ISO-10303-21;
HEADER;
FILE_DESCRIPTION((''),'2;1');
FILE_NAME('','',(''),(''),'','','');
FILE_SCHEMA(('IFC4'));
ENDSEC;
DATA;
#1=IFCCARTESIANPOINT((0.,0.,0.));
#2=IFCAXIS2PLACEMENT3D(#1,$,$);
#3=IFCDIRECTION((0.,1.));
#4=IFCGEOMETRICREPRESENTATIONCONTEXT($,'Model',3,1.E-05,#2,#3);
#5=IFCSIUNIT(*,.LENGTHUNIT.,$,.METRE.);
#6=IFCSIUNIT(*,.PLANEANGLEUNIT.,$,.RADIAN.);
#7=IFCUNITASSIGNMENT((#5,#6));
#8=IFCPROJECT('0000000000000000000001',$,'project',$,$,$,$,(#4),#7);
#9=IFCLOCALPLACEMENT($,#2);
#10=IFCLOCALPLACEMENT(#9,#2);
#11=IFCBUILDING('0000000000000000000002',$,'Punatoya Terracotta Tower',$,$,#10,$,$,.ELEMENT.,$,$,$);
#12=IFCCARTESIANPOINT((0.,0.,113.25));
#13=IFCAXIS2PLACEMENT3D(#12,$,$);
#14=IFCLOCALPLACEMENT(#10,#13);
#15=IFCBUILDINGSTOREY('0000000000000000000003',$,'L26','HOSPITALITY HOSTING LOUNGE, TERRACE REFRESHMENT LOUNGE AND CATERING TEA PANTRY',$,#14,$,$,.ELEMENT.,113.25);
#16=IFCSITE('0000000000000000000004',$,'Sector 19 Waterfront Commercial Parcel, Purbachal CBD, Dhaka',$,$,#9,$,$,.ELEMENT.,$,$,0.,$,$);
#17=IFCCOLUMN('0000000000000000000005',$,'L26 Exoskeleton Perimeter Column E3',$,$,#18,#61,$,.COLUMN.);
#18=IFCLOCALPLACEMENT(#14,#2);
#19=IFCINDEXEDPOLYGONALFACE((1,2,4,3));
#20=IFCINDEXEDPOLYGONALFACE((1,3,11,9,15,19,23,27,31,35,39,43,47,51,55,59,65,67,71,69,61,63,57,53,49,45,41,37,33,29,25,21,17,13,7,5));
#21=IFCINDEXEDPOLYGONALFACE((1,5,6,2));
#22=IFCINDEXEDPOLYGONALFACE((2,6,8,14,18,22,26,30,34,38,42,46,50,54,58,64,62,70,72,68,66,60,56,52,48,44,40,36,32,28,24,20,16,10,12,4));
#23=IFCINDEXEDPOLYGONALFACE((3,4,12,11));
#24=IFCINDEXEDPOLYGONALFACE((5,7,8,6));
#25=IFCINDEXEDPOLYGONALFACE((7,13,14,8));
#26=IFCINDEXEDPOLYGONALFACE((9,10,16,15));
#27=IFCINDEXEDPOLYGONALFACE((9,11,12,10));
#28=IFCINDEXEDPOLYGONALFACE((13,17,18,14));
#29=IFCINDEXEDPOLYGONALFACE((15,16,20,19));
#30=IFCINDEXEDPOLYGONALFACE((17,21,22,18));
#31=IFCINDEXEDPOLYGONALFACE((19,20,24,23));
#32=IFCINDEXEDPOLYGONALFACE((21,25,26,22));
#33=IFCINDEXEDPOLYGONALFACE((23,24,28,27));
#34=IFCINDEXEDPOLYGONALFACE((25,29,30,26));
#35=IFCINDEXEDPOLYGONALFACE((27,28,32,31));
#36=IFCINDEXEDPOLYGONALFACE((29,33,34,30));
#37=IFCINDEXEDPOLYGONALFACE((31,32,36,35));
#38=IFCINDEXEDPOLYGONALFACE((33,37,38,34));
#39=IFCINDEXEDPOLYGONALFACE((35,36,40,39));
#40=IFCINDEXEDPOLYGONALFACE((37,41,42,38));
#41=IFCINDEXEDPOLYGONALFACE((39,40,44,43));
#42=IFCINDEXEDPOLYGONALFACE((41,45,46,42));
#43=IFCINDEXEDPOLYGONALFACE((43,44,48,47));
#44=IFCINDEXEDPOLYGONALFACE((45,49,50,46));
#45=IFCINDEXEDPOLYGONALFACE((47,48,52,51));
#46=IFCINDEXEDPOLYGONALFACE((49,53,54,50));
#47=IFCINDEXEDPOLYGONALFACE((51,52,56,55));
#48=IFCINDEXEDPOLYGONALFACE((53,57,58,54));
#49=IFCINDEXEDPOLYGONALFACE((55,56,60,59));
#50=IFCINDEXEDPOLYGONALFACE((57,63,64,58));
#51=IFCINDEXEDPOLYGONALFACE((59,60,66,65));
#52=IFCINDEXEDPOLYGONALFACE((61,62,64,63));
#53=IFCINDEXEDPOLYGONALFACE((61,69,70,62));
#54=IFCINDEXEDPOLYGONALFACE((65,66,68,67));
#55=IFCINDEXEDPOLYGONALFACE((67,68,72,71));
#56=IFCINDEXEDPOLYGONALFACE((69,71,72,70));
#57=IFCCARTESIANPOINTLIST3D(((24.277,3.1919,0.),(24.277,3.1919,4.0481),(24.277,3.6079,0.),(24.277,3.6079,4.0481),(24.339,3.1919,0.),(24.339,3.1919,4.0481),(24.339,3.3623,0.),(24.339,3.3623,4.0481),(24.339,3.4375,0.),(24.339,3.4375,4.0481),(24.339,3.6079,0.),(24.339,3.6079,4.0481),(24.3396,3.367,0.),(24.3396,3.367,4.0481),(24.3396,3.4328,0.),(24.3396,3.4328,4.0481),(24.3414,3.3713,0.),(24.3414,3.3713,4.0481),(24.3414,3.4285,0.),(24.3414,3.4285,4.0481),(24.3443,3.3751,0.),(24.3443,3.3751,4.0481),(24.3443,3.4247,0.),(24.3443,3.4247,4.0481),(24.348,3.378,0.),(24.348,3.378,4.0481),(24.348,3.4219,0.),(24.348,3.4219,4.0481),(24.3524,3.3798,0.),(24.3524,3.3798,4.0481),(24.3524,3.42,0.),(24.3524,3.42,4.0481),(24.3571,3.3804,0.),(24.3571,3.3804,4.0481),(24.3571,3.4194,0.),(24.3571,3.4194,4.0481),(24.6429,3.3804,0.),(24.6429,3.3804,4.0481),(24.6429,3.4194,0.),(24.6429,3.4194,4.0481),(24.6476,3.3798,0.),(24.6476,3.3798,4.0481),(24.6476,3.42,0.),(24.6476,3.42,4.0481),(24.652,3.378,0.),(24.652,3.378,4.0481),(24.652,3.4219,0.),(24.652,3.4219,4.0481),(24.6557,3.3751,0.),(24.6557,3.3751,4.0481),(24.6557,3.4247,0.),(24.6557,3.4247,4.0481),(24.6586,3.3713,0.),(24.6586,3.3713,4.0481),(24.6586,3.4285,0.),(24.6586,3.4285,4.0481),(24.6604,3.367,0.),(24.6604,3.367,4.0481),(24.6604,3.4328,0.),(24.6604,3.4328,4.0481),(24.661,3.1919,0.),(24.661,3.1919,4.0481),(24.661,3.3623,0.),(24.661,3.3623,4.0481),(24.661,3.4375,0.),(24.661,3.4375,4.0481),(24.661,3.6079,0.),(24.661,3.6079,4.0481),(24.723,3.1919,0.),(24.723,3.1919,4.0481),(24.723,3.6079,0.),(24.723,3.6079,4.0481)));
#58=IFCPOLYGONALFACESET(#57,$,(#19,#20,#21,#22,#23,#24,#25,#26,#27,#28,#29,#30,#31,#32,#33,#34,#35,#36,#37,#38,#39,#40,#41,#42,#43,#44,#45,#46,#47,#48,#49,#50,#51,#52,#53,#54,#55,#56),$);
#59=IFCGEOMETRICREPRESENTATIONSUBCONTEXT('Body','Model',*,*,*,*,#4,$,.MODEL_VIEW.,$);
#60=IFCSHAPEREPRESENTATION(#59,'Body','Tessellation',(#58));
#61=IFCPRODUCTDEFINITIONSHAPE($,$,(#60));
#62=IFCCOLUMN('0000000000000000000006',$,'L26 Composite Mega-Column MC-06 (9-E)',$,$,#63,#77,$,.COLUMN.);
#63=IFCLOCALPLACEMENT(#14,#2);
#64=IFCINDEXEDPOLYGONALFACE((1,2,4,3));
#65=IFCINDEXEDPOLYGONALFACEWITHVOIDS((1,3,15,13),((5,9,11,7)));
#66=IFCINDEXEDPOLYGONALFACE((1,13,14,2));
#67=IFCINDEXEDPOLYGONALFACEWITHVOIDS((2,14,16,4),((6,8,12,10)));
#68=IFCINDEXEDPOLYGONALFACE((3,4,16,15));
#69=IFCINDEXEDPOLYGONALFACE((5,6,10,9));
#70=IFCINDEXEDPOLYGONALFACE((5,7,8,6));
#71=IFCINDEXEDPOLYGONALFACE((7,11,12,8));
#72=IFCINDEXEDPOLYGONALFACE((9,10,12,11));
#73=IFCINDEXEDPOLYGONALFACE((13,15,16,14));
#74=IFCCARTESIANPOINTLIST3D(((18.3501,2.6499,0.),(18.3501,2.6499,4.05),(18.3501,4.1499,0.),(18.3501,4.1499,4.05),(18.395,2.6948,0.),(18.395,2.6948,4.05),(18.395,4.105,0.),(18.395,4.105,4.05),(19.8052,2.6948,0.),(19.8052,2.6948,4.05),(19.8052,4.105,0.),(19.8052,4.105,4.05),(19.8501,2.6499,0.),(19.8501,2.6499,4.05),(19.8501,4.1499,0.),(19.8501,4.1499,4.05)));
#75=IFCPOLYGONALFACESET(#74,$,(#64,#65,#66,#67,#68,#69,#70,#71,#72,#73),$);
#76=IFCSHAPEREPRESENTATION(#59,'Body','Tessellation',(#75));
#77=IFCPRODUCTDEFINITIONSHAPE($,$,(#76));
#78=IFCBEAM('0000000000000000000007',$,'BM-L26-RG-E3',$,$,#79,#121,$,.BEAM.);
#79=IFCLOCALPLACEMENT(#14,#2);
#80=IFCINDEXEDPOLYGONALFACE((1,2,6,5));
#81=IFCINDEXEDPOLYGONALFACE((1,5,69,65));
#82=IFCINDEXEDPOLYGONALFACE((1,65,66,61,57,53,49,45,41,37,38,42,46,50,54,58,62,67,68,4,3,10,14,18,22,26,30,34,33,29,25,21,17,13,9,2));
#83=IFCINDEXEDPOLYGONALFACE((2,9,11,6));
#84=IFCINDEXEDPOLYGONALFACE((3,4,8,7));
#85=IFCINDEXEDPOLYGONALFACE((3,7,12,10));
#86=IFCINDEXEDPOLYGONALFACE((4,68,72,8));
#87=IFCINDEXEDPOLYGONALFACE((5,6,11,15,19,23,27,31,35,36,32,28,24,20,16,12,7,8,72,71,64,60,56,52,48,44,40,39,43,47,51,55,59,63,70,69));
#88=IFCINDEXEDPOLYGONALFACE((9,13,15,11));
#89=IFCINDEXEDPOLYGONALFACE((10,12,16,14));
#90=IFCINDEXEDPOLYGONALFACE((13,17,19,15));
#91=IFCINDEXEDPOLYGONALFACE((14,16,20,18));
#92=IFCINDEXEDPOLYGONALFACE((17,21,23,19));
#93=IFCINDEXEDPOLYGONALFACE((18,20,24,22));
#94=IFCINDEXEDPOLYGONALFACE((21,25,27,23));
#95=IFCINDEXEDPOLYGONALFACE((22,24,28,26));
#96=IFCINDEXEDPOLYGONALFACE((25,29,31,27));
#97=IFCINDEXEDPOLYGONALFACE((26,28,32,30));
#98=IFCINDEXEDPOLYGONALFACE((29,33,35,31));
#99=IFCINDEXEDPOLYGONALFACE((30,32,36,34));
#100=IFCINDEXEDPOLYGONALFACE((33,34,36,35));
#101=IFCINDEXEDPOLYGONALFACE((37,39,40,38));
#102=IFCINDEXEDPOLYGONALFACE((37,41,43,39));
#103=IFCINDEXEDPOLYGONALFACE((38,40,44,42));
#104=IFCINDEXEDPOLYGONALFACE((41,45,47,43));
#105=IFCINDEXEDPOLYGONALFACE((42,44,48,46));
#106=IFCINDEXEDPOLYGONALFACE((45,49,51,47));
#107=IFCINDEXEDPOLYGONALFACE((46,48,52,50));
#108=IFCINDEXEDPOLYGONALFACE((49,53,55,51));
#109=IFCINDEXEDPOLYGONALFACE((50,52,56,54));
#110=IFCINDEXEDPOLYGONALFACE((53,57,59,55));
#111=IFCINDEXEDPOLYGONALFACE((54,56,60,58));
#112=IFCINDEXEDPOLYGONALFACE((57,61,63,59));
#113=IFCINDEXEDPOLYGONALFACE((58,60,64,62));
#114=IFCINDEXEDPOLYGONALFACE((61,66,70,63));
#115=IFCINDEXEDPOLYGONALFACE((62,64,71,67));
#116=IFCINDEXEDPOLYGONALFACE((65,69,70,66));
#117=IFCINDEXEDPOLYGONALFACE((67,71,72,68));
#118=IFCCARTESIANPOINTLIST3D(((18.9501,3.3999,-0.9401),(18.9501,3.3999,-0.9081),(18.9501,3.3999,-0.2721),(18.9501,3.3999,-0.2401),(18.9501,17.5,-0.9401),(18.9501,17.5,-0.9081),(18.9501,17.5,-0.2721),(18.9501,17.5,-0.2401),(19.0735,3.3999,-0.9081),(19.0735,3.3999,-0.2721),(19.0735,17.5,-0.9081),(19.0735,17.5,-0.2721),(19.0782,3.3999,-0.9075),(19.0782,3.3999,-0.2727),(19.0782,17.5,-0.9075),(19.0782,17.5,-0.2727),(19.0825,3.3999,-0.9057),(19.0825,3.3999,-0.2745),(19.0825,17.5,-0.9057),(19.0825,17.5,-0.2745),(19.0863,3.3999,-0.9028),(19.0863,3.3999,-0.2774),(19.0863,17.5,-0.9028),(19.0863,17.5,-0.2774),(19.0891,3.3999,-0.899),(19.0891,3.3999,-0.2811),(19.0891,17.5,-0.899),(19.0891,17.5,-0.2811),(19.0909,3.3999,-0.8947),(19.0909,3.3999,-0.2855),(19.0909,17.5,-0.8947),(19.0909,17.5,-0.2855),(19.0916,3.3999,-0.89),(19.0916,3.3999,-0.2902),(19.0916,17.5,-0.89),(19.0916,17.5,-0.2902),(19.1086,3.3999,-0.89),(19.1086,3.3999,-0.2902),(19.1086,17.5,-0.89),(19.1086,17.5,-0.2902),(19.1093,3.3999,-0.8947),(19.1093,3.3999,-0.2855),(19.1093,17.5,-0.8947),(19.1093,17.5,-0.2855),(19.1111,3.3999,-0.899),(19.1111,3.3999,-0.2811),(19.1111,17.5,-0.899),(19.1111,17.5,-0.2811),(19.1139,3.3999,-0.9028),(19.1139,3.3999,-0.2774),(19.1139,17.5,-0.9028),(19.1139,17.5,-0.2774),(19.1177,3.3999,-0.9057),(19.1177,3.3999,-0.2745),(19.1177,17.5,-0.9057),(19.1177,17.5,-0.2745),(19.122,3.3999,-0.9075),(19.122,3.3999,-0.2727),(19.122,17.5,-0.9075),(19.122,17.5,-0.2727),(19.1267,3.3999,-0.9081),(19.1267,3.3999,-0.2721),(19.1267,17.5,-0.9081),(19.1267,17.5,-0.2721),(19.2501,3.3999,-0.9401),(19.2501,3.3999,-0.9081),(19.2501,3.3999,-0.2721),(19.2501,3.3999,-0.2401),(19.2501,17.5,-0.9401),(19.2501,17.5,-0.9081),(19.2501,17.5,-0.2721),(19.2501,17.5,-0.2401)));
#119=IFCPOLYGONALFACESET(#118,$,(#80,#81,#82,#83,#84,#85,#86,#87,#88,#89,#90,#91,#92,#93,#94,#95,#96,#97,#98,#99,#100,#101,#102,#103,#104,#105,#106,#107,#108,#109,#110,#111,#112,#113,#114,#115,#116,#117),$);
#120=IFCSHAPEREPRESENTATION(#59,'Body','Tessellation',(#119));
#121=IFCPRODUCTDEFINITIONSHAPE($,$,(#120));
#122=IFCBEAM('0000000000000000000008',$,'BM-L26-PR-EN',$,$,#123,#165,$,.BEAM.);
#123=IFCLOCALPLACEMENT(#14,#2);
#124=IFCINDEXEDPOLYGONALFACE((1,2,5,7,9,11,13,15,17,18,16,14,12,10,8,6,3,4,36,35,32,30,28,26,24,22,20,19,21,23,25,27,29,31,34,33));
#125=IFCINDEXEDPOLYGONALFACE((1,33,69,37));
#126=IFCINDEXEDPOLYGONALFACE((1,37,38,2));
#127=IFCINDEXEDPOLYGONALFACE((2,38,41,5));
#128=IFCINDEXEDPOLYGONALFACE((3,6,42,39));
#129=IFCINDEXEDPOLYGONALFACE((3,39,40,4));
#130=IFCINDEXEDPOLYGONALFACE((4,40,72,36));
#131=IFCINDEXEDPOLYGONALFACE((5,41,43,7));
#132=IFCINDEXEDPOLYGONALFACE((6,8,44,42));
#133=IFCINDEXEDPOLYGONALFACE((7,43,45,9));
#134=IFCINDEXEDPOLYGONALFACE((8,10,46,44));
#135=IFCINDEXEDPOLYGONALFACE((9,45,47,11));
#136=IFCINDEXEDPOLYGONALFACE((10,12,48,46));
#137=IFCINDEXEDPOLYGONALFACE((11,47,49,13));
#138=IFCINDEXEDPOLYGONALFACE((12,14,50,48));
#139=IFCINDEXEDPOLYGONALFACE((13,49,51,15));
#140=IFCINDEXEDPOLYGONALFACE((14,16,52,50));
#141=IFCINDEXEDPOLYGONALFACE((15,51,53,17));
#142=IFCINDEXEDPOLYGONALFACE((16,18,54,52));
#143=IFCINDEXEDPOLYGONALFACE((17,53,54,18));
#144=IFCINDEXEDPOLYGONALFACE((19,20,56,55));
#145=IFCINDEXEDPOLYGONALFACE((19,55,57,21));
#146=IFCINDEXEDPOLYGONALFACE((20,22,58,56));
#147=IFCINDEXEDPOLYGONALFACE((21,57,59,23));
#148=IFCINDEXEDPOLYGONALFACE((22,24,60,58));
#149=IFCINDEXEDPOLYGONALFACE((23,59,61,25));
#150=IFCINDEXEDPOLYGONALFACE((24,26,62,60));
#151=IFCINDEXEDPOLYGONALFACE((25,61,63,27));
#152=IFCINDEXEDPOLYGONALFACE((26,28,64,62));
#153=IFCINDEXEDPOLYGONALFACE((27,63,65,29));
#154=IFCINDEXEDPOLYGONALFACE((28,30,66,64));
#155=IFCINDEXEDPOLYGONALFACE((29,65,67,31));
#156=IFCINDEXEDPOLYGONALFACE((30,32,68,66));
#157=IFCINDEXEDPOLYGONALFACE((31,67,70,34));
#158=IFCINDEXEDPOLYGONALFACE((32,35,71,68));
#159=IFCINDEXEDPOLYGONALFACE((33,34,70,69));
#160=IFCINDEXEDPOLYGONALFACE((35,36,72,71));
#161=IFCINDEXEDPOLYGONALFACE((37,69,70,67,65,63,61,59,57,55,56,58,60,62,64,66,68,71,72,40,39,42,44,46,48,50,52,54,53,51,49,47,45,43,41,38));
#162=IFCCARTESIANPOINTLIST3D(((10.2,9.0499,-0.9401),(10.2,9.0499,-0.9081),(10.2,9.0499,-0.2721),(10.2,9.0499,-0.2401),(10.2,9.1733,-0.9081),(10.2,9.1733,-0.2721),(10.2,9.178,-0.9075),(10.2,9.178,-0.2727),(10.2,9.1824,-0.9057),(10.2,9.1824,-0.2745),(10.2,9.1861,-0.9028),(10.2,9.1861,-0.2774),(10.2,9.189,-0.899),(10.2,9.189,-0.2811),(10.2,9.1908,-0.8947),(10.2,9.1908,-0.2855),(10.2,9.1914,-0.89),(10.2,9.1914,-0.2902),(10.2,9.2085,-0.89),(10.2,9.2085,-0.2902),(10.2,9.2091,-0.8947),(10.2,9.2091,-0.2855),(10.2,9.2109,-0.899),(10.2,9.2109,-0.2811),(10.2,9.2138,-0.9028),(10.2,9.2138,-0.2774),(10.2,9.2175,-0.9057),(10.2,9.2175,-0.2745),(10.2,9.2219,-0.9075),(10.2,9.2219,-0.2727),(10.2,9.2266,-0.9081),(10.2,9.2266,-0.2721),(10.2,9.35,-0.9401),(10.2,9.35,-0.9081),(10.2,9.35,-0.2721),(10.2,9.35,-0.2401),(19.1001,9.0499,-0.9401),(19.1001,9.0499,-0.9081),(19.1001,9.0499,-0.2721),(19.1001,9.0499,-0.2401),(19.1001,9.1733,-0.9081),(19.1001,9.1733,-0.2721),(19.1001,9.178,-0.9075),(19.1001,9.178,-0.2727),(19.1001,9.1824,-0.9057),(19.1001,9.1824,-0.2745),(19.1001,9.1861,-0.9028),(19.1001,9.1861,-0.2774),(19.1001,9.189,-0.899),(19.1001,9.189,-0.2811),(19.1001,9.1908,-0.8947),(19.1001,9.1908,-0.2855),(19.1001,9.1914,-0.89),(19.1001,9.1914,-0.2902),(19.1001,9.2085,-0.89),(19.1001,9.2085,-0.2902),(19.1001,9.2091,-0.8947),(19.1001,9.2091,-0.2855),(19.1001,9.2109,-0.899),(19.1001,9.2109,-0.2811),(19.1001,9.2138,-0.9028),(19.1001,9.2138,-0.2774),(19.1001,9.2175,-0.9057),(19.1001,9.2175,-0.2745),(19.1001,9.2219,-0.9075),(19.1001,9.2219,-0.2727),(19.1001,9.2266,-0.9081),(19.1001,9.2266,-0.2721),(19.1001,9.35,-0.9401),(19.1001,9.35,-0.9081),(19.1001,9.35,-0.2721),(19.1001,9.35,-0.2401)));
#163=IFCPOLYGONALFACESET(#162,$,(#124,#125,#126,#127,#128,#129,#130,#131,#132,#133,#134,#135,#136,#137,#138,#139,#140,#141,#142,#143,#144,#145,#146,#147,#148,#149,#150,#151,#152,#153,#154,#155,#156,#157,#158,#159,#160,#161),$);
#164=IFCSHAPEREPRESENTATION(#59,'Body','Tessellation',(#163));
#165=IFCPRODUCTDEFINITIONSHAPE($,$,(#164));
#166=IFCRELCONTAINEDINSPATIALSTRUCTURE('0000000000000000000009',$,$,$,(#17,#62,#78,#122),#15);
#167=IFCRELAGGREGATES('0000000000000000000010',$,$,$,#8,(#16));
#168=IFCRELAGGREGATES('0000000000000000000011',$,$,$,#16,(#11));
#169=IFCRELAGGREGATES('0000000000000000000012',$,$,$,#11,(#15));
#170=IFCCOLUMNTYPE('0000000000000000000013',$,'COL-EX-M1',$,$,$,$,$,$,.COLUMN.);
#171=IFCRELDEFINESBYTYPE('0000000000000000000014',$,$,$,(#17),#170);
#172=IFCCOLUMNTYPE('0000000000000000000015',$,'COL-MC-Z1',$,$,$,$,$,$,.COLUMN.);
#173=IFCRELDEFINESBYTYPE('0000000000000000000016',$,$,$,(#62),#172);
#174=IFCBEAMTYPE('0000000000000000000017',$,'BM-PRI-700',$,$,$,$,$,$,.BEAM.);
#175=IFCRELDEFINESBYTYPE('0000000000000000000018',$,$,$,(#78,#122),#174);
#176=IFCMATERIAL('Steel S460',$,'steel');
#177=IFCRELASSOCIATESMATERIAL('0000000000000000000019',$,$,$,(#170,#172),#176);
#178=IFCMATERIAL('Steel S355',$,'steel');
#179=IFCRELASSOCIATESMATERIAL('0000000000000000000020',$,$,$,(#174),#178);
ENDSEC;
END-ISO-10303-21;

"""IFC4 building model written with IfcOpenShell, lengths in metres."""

from ifc_helpers import new_model, si_unit, direction, frame, origin, origin_2d, place, context, subcontext, project, spatial, hollow_rectangle, i_section, extrude, material, material_profile, profile_set, type_object, element, save


model = new_model("IFC4")

# Units and contexts
model_context = context("Model", 3, precision=1e-05, world=origin(), true_north=direction((0.0, 1.0)))
body_context = subcontext(model_context, "Body", "Model", "MODEL_VIEW")
ifc_project = project(units=[si_unit("LENGTHUNIT", "METRE"), si_unit("PLANEANGLEUNIT", "RADIAN")], contexts=[model_context])

# Site, building, storey
site_placement = place(None, origin())
site = spatial("IfcSite", under=ifc_project, at=site_placement, Name="Sector 19 Waterfront Commercial Parcel, Purbachal CBD, Dhaka", CompositionType="ELEMENT", RefElevation=0.0)
building_placement = place(site_placement, origin())
building = spatial("IfcBuilding", under=site, at=building_placement, Name="Punatoya Terracotta Tower", CompositionType="ELEMENT")
storey_placement = place(building_placement, frame((0.0, 0.0, 113.25)))
storey = spatial("IfcBuildingStorey", under=building, at=storey_placement, Name="L26", Description="HOSPITALITY HOSTING LOUNGE, TERRACE REFRESHMENT LOUNGE AND CATERING TEA PANTRY", CompositionType="ELEMENT", Elevation=113.25)

# Columns
ifc_material_1 = material(Name="Steel S460", Category="steel")
ifc_material_profile_1 = material_profile(ifc_material_1, i_section(OverallWidth=0.416, OverallDepth=0.446, WebThickness=0.0391, FlangeThickness=0.062, FilletRadius=0.0181, at=origin_2d()))
ifc_profile_set_1 = profile_set([ifc_material_profile_1], Name="Steel S460")
column_type_1 = type_object("IfcColumnType", Name="COL-EX-M1", PredefinedType="COLUMN", material=ifc_profile_set_1)
column_1_placement = place(storey_placement, frame((24.5, 3.3999, 0.0), z_axis=(0.0, 0.0, 1.0), x_axis=(0.0, 1.0, 0.0)))
element("IfcColumn", 1, at=column_1_placement, inside=storey, type_object=column_type_1, Name="L26 Exoskeleton Perimeter Column E3", PredefinedType="COLUMN", context=body_context, shape_type="SweptSolid", body=[
    extrude(i_section(OverallWidth=0.416, OverallDepth=0.446, WebThickness=0.0391, FlangeThickness=0.062, FilletRadius=0.0181, at=origin_2d()), origin(), (0.0, 0.0, 1.0), 4.0481),
])
ifc_material_profile_2 = material_profile(ifc_material_1, hollow_rectangle(XDim=1.5, YDim=1.5, WallThickness=0.0449, at=origin_2d()))
ifc_profile_set_2 = profile_set([ifc_material_profile_2], Name="Steel S460")
column_type_2 = type_object("IfcColumnType", Name="COL-MC-Z1", PredefinedType="COLUMN", material=ifc_profile_set_2)
column_2_placement = place(storey_placement, frame((19.1001, 3.3999, 0.0), z_axis=(0.0, 0.0, 1.0), x_axis=(1.0, 0.0, 0.0)))
element("IfcColumn", 2, at=column_2_placement, inside=storey, type_object=column_type_2, Name="L26 Composite Mega-Column MC-06 (9-E)", PredefinedType="COLUMN", context=body_context, shape_type="SweptSolid", body=[
    extrude(hollow_rectangle(XDim=1.5, YDim=1.5, WallThickness=0.0449, at=origin_2d()), origin(), (0.0, 0.0, 1.0), 4.05),
])

# Beams
ifc_material_2 = material(Name="Steel S355", Category="steel")
ifc_material_profile_3 = material_profile(ifc_material_2, i_section(OverallWidth=0.3, OverallDepth=0.7, WebThickness=0.0171, FlangeThickness=0.032, FilletRadius=0.0181, at=origin_2d()))
ifc_profile_set_3 = profile_set([ifc_material_profile_3], Name="Steel S355")
beam_type_1 = type_object("IfcBeamType", Name="BM-PRI-700", PredefinedType="BEAM", material=ifc_profile_set_3)
beam_1_placement = place(storey_placement, frame((19.1001, 3.3999, -0.5901), z_axis=(0.0, 1.0, 0.0), x_axis=(-1.0, 0.0, 0.0)))
element("IfcBeam", 3, at=beam_1_placement, inside=storey, type_object=beam_type_1, Name="BM-L26-RG-E3", PredefinedType="BEAM", context=body_context, shape_type="SweptSolid", body=[
    extrude(i_section(OverallWidth=0.3, OverallDepth=0.7, WebThickness=0.0171, FlangeThickness=0.032, FilletRadius=0.0181, at=origin_2d()), origin(), (0.0, 0.0, 1.0), 14.1001),
])
beam_2_placement = place(storey_placement, frame((10.2, 9.2, -0.5901), z_axis=(1.0, 0.0, 0.0), x_axis=(0.0, 1.0, 0.0)))
element("IfcBeam", 4, at=beam_2_placement, inside=storey, type_object=beam_type_1, Name="BM-L26-PR-EN", PredefinedType="BEAM", context=body_context, shape_type="SweptSolid", body=[
    extrude(i_section(OverallWidth=0.3, OverallDepth=0.7, WebThickness=0.0171, FlangeThickness=0.032, FilletRadius=0.0181, at=origin_2d()), origin(), (0.0, 0.0, 1.0), 8.9001),
])

save(model, "model.ifc")
